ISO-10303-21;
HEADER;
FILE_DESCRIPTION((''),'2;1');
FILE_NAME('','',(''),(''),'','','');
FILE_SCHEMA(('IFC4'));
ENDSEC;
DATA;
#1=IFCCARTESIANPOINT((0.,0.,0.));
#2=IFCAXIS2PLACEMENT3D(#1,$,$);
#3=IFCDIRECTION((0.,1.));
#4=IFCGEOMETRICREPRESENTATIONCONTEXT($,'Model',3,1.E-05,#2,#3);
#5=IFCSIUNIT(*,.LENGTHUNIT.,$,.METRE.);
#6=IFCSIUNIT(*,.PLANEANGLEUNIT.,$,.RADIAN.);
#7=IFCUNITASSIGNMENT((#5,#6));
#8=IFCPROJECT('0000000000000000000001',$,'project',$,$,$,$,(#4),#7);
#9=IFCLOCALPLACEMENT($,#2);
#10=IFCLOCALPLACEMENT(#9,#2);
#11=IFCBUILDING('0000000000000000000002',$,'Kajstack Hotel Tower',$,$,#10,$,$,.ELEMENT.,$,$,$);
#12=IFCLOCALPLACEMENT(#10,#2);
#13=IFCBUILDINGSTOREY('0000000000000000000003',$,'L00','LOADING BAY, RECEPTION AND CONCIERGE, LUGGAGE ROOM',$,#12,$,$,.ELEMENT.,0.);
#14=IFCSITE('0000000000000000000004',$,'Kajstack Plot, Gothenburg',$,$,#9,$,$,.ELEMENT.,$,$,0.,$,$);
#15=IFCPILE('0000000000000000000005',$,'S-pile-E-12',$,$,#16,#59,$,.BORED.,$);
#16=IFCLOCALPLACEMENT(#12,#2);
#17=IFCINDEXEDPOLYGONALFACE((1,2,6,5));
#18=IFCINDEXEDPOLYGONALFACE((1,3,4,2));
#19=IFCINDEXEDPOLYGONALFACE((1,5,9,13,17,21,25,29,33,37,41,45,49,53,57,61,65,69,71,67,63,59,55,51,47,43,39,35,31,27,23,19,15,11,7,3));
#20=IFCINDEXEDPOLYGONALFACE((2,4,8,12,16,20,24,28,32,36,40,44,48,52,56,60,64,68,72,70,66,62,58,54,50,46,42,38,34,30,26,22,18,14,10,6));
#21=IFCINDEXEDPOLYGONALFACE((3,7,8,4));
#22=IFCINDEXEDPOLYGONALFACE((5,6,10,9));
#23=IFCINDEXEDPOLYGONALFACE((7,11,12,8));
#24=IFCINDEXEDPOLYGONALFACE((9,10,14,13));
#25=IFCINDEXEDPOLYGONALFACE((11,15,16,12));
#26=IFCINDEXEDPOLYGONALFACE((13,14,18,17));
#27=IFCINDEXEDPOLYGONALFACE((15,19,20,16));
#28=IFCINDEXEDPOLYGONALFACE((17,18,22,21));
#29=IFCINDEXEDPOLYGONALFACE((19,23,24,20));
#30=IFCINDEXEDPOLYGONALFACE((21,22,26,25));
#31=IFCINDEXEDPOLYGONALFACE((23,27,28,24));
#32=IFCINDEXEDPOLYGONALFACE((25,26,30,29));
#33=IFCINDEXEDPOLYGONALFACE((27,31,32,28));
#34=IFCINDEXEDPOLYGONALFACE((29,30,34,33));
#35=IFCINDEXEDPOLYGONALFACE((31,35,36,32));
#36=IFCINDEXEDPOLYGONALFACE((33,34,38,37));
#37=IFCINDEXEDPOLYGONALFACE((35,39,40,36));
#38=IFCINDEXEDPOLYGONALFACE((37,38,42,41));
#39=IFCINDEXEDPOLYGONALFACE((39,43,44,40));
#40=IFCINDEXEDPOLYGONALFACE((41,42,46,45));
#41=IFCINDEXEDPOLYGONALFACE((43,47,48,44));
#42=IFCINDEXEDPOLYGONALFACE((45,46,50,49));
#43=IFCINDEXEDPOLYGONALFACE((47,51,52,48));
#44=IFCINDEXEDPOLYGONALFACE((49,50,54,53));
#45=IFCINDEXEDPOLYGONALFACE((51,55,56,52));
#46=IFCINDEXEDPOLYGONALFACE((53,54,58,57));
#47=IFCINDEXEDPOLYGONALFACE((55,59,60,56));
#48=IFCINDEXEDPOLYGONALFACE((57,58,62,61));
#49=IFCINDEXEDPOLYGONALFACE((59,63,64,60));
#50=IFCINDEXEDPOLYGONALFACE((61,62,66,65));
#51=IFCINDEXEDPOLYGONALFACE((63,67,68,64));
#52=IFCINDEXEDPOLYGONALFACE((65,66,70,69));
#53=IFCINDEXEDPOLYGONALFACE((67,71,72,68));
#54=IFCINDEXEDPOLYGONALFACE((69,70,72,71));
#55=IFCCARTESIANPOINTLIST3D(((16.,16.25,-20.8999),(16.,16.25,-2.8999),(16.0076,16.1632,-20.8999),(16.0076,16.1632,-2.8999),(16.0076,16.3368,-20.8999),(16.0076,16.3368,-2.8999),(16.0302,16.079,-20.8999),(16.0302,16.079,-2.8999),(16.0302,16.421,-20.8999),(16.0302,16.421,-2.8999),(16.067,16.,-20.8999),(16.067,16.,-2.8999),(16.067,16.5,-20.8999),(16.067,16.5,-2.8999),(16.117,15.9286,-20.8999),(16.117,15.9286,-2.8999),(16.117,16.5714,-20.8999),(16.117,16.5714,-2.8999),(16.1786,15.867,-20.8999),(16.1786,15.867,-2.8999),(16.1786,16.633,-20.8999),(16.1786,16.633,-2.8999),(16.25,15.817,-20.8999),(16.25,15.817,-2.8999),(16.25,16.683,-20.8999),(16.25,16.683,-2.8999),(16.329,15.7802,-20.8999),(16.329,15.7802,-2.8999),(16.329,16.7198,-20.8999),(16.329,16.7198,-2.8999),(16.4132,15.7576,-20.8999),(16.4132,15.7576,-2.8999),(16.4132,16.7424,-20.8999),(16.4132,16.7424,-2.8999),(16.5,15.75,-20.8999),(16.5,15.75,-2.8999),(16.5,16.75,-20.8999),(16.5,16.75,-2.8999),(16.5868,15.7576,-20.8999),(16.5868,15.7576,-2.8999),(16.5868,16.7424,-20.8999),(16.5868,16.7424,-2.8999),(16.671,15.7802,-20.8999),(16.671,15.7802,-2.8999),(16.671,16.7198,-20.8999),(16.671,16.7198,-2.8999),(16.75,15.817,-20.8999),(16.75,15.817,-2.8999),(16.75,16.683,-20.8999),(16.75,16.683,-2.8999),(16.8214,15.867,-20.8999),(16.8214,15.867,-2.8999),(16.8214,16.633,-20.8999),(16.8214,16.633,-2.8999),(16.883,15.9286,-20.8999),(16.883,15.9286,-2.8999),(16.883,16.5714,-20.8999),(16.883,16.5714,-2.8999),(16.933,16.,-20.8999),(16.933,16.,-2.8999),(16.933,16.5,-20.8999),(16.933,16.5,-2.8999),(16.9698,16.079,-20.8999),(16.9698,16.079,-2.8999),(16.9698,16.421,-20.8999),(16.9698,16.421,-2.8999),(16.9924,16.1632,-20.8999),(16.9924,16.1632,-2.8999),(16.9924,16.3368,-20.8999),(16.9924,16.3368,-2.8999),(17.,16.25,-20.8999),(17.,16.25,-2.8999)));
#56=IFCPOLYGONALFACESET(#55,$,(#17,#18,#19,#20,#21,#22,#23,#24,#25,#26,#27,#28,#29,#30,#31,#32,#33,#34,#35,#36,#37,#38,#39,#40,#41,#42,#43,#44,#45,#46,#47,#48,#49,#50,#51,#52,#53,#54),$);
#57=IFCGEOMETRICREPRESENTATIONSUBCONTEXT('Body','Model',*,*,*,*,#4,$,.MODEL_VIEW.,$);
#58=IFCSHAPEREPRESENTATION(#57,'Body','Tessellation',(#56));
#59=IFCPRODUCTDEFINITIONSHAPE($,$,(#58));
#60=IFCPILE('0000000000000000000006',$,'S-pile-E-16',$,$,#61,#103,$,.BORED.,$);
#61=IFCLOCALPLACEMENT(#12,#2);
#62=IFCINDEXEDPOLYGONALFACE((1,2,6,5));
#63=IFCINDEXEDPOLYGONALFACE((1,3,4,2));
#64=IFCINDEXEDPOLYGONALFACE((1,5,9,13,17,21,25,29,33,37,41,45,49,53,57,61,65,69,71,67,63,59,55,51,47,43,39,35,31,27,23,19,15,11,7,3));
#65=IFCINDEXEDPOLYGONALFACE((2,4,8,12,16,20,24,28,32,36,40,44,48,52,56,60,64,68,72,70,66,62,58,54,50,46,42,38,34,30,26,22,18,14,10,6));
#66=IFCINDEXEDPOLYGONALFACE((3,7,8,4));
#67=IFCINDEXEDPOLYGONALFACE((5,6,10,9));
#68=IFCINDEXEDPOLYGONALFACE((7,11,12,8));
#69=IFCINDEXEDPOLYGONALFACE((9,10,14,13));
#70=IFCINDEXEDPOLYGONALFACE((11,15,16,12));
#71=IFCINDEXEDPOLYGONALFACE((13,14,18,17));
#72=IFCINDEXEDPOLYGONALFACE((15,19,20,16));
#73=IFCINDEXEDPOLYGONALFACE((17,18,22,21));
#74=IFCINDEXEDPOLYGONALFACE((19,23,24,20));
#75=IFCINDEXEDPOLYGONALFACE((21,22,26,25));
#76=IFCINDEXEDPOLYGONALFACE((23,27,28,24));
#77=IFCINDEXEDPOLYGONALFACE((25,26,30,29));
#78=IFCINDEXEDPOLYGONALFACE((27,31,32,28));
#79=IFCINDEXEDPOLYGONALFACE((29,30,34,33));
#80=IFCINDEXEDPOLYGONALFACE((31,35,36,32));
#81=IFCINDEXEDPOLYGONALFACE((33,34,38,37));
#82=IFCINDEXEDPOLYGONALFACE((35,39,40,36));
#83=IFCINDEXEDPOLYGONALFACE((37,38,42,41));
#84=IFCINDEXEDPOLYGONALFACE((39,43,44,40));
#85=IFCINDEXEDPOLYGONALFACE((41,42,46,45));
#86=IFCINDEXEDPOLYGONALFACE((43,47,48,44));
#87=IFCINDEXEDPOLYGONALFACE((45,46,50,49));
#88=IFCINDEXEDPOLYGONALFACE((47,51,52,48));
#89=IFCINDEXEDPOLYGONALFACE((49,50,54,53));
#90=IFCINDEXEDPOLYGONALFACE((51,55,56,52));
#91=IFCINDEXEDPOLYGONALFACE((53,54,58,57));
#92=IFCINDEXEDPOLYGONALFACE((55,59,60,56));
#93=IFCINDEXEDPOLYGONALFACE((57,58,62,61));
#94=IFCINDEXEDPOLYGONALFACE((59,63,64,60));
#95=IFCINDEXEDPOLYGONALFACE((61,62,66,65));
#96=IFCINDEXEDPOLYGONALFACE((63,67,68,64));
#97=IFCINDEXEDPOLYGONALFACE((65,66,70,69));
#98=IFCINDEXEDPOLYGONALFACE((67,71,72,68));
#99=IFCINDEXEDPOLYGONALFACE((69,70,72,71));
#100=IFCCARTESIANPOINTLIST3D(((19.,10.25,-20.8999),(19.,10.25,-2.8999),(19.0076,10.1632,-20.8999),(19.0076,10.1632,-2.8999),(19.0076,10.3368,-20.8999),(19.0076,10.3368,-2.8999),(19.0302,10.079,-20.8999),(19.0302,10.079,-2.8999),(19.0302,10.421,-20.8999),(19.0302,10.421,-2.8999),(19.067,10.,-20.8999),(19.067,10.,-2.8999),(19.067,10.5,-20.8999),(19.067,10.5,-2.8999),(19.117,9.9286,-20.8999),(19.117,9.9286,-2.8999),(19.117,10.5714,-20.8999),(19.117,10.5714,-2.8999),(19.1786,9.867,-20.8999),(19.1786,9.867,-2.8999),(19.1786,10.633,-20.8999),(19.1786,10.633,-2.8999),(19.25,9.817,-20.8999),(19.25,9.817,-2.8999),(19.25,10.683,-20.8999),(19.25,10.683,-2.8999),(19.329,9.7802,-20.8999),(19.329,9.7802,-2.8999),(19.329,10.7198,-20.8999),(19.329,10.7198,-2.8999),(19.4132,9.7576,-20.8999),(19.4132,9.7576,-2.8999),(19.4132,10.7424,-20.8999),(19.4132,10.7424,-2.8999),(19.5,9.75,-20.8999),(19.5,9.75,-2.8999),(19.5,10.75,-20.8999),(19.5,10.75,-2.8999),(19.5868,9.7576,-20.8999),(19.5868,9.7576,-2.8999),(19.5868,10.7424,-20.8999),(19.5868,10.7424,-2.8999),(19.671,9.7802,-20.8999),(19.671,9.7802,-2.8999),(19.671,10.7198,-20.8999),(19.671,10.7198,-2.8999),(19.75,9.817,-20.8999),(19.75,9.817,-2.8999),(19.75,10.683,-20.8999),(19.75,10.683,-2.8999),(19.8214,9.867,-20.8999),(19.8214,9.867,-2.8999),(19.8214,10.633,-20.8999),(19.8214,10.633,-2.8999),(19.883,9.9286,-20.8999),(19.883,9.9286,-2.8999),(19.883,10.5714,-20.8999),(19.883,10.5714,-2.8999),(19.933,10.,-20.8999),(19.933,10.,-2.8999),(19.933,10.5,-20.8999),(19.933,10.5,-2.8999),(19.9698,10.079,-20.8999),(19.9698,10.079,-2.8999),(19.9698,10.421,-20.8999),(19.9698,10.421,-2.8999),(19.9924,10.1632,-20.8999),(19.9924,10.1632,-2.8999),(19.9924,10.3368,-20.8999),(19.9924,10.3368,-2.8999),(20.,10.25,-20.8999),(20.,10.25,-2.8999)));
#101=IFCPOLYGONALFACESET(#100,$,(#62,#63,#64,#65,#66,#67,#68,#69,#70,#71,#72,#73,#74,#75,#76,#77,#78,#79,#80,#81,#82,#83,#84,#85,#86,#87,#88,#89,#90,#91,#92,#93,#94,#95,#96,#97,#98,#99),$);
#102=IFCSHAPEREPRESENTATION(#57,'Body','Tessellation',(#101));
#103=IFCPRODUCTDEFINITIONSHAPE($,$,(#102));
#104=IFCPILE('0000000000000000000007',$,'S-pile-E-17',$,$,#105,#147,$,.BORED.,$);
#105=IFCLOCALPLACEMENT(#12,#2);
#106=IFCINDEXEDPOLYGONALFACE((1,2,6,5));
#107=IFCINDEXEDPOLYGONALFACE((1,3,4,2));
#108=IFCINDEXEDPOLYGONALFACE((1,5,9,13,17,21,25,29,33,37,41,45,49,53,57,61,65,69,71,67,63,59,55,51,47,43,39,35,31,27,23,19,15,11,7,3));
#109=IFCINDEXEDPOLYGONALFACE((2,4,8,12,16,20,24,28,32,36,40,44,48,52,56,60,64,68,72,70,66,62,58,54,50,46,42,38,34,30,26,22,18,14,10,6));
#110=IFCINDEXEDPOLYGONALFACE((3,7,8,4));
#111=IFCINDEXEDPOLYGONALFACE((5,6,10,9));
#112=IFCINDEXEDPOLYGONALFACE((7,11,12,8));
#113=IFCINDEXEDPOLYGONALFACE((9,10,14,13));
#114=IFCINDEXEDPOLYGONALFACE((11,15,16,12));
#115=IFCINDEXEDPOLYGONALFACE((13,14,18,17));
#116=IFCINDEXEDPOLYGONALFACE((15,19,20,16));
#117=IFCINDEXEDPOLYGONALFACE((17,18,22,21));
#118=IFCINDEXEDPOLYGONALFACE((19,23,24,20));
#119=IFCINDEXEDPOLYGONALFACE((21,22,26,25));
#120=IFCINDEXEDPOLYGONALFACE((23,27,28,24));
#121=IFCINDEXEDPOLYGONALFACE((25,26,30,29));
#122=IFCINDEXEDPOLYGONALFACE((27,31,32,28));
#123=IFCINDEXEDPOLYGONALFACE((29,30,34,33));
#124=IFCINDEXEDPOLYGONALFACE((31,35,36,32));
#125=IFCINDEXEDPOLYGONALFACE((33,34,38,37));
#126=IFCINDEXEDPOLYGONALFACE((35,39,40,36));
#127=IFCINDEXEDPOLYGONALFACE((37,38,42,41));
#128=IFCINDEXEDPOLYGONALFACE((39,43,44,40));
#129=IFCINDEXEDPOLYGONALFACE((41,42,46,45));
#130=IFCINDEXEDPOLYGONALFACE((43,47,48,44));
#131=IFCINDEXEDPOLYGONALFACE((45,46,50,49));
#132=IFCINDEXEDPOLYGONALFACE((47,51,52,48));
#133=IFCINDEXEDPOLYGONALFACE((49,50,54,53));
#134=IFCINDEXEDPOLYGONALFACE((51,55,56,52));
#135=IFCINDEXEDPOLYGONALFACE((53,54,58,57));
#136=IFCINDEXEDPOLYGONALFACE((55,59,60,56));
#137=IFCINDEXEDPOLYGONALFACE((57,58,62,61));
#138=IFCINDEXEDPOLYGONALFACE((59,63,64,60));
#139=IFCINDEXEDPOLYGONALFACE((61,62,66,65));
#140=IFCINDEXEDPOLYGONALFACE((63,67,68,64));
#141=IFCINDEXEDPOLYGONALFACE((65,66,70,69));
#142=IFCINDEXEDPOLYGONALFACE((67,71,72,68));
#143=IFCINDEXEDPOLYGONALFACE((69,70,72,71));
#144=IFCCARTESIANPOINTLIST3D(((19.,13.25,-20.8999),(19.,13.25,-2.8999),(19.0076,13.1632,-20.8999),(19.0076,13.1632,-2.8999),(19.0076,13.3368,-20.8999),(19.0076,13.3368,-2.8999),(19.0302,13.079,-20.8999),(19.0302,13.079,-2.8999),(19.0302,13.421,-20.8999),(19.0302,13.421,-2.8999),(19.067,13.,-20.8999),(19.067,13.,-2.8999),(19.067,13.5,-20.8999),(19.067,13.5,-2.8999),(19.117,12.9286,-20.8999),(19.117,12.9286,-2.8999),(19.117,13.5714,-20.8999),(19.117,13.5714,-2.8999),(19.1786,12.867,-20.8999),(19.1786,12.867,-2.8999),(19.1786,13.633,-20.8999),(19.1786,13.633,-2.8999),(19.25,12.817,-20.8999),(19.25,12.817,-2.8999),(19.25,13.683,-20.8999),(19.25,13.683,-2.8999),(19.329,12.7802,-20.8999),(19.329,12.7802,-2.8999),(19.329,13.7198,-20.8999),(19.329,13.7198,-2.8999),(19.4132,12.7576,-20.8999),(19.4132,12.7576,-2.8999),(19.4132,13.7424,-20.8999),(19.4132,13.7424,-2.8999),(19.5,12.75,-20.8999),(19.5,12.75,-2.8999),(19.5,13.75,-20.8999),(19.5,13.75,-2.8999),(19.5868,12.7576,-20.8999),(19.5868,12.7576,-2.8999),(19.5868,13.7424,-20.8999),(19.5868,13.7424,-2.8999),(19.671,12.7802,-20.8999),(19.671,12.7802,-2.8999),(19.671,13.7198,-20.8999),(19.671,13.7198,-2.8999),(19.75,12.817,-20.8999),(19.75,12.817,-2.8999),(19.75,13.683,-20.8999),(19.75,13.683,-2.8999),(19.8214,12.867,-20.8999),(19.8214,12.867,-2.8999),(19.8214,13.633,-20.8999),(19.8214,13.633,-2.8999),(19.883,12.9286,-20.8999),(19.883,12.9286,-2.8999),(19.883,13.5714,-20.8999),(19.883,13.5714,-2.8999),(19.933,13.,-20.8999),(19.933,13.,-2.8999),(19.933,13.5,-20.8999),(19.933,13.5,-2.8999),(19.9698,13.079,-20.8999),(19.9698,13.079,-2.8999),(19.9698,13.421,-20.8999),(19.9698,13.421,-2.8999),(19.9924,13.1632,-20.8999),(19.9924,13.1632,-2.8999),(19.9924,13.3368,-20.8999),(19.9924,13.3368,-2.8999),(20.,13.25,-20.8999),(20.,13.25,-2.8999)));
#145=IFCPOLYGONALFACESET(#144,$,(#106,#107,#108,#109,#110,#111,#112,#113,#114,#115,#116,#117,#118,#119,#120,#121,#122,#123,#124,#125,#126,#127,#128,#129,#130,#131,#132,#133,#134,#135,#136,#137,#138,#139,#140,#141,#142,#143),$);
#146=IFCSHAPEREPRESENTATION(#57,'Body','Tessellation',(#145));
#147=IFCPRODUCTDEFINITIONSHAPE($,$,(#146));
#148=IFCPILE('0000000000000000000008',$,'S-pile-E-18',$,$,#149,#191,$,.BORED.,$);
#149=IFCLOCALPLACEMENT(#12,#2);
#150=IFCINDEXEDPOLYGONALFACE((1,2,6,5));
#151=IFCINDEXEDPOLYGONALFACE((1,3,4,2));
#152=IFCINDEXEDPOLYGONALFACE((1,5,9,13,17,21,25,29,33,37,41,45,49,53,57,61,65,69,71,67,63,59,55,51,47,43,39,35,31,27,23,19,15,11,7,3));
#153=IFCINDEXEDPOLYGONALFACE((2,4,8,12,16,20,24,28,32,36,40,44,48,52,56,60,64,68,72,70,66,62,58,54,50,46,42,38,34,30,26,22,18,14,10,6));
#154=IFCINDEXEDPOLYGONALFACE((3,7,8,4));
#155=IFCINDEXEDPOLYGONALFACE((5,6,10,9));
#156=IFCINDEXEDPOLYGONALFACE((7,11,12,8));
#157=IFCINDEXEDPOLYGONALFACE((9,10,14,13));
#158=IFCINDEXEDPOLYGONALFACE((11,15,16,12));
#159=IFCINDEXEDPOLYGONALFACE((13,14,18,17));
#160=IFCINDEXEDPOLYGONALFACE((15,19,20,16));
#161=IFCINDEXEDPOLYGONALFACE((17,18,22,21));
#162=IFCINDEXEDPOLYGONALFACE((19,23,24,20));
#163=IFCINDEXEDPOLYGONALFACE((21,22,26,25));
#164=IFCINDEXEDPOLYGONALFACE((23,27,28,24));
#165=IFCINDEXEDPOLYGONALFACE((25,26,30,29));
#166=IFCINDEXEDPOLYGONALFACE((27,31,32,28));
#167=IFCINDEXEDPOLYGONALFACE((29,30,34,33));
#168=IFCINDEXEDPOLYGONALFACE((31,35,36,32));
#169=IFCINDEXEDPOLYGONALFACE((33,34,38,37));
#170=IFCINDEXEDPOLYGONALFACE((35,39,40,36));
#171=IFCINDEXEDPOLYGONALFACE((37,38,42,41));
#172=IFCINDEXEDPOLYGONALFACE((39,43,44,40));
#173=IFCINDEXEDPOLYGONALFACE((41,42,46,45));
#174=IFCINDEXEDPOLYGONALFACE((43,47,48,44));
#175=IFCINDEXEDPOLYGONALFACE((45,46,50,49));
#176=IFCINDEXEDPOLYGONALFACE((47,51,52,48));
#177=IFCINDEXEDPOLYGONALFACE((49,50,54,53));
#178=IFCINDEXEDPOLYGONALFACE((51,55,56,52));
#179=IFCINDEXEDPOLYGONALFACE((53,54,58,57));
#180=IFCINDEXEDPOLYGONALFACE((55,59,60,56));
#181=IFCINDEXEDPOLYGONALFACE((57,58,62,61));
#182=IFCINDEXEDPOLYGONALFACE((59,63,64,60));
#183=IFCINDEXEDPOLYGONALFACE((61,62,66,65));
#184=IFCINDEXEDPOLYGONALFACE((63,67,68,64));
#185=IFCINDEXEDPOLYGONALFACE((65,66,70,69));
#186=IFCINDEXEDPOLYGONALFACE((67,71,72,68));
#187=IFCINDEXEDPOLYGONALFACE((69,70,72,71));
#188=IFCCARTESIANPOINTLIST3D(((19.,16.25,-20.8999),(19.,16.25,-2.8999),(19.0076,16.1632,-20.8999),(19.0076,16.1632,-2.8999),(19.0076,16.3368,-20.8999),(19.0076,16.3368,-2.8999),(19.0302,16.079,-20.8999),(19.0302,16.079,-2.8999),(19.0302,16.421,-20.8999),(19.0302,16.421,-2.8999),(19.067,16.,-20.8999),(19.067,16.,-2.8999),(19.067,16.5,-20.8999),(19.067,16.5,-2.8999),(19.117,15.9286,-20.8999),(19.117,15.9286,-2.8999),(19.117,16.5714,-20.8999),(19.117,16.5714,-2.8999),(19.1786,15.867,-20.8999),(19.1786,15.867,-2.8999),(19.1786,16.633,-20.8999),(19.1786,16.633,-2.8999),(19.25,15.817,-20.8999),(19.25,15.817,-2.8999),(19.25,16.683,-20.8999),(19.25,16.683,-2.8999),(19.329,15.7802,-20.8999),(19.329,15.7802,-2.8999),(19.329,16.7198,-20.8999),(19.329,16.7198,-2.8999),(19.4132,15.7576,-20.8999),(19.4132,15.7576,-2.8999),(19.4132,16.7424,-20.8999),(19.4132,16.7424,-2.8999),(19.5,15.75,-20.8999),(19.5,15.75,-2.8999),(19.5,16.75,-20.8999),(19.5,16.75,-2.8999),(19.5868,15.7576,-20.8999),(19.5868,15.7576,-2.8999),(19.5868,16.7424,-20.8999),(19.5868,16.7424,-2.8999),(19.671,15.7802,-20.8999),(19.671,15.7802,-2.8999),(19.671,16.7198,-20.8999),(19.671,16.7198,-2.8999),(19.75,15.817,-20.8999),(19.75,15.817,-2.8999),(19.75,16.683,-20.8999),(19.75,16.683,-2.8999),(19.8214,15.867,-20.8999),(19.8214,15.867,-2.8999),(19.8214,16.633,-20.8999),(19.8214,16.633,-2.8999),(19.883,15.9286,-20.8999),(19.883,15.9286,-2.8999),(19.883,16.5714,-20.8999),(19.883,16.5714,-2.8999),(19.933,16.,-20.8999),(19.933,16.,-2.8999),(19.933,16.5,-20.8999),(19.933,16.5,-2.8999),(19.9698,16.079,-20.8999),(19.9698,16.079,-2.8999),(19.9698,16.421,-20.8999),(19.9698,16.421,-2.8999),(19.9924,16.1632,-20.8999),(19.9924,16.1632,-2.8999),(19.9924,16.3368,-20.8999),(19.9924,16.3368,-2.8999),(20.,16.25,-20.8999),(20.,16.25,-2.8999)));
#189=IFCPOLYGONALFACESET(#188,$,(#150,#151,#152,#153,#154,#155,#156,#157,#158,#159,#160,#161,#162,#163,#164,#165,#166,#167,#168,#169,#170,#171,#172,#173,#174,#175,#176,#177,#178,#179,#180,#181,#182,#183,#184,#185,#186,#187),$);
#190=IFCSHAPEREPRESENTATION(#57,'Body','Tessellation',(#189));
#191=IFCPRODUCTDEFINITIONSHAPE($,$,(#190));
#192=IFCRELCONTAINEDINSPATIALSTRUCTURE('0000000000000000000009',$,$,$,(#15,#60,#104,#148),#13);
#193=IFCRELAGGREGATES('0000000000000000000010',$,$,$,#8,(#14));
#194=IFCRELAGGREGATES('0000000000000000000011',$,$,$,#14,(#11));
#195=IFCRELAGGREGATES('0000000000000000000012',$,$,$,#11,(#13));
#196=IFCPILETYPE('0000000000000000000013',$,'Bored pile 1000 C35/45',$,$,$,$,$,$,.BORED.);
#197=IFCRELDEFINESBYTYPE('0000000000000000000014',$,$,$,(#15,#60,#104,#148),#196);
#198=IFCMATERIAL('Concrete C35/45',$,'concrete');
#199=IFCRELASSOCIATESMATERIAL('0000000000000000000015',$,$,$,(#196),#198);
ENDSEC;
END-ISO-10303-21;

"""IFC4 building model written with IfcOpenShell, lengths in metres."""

from ifc_helpers import new_model, si_unit, direction, frame, origin, origin_2d, place, context, subcontext, project, spatial, circle, extrude, material, material_profile, profile_set, type_object, element, save


model = new_model("IFC4")

# Units and contexts
model_context = context("Model", 3, precision=1e-05, world=origin(), true_north=direction((0.0, 1.0)))
body_context = subcontext(model_context, "Body", "Model", "MODEL_VIEW")
ifc_project = project(units=[si_unit("LENGTHUNIT", "METRE"), si_unit("PLANEANGLEUNIT", "RADIAN")], contexts=[model_context])

# Site, building, storey
site_placement = place(None, origin())
site = spatial("IfcSite", under=ifc_project, at=site_placement, Name="Kajstack Plot, Gothenburg", CompositionType="ELEMENT", RefElevation=0.0)
building_placement = place(site_placement, origin())
building = spatial("IfcBuilding", under=site, at=building_placement, Name="Kajstack Hotel Tower", CompositionType="ELEMENT")
storey_placement = place(building_placement, origin())
storey = spatial("IfcBuildingStorey", under=building, at=storey_placement, Name="L00", Description="LOADING BAY, RECEPTION AND CONCIERGE, LUGGAGE ROOM", CompositionType="ELEMENT", Elevation=0.0)

# Piles
ifc_material_1 = material(Name="Concrete C35/45", Category="concrete")
ifc_material_profile_1 = material_profile(ifc_material_1, circle(Radius=0.5, at=origin_2d()), Name="RC round 1000")
ifc_profile_set_1 = profile_set([ifc_material_profile_1], Name="Concrete C35/45")
pile_type_1 = type_object("IfcPileType", Name="Bored pile 1000 C35/45", PredefinedType="BORED", material=ifc_profile_set_1)
for number, where, z_axis, x_axis, name in (
    (1, (16.5, 16.25, -2.8999), (0.0, 0.0, -1.0), (1.0, 0.0, 0.0), "S-pile-E-12"),
    (2, (19.5, 10.25, -2.8999), (0.0, 0.0, -1.0), (1.0, 0.0, 0.0), "S-pile-E-16"),
    (3, (19.5, 13.25, -2.8999), (0.0, 0.0, -1.0), (1.0, 0.0, 0.0), "S-pile-E-17"),
    (4, (19.5, 16.25, -2.8999), (0.0, 0.0, -1.0), (1.0, 0.0, 0.0), "S-pile-E-18"),
):
    element("IfcPile", number, at=place(storey_placement, frame(where, z_axis=z_axis, x_axis=x_axis)), inside=storey, type_object=pile_type_1, Name=name, PredefinedType="BORED", context=body_context, shape_type="SweptSolid", body=[
        extrude(circle(Radius=0.5, at=origin_2d()), origin(), (0.0, 0.0, 1.0), 18.0),
    ])

save(model, "model.ifc")
